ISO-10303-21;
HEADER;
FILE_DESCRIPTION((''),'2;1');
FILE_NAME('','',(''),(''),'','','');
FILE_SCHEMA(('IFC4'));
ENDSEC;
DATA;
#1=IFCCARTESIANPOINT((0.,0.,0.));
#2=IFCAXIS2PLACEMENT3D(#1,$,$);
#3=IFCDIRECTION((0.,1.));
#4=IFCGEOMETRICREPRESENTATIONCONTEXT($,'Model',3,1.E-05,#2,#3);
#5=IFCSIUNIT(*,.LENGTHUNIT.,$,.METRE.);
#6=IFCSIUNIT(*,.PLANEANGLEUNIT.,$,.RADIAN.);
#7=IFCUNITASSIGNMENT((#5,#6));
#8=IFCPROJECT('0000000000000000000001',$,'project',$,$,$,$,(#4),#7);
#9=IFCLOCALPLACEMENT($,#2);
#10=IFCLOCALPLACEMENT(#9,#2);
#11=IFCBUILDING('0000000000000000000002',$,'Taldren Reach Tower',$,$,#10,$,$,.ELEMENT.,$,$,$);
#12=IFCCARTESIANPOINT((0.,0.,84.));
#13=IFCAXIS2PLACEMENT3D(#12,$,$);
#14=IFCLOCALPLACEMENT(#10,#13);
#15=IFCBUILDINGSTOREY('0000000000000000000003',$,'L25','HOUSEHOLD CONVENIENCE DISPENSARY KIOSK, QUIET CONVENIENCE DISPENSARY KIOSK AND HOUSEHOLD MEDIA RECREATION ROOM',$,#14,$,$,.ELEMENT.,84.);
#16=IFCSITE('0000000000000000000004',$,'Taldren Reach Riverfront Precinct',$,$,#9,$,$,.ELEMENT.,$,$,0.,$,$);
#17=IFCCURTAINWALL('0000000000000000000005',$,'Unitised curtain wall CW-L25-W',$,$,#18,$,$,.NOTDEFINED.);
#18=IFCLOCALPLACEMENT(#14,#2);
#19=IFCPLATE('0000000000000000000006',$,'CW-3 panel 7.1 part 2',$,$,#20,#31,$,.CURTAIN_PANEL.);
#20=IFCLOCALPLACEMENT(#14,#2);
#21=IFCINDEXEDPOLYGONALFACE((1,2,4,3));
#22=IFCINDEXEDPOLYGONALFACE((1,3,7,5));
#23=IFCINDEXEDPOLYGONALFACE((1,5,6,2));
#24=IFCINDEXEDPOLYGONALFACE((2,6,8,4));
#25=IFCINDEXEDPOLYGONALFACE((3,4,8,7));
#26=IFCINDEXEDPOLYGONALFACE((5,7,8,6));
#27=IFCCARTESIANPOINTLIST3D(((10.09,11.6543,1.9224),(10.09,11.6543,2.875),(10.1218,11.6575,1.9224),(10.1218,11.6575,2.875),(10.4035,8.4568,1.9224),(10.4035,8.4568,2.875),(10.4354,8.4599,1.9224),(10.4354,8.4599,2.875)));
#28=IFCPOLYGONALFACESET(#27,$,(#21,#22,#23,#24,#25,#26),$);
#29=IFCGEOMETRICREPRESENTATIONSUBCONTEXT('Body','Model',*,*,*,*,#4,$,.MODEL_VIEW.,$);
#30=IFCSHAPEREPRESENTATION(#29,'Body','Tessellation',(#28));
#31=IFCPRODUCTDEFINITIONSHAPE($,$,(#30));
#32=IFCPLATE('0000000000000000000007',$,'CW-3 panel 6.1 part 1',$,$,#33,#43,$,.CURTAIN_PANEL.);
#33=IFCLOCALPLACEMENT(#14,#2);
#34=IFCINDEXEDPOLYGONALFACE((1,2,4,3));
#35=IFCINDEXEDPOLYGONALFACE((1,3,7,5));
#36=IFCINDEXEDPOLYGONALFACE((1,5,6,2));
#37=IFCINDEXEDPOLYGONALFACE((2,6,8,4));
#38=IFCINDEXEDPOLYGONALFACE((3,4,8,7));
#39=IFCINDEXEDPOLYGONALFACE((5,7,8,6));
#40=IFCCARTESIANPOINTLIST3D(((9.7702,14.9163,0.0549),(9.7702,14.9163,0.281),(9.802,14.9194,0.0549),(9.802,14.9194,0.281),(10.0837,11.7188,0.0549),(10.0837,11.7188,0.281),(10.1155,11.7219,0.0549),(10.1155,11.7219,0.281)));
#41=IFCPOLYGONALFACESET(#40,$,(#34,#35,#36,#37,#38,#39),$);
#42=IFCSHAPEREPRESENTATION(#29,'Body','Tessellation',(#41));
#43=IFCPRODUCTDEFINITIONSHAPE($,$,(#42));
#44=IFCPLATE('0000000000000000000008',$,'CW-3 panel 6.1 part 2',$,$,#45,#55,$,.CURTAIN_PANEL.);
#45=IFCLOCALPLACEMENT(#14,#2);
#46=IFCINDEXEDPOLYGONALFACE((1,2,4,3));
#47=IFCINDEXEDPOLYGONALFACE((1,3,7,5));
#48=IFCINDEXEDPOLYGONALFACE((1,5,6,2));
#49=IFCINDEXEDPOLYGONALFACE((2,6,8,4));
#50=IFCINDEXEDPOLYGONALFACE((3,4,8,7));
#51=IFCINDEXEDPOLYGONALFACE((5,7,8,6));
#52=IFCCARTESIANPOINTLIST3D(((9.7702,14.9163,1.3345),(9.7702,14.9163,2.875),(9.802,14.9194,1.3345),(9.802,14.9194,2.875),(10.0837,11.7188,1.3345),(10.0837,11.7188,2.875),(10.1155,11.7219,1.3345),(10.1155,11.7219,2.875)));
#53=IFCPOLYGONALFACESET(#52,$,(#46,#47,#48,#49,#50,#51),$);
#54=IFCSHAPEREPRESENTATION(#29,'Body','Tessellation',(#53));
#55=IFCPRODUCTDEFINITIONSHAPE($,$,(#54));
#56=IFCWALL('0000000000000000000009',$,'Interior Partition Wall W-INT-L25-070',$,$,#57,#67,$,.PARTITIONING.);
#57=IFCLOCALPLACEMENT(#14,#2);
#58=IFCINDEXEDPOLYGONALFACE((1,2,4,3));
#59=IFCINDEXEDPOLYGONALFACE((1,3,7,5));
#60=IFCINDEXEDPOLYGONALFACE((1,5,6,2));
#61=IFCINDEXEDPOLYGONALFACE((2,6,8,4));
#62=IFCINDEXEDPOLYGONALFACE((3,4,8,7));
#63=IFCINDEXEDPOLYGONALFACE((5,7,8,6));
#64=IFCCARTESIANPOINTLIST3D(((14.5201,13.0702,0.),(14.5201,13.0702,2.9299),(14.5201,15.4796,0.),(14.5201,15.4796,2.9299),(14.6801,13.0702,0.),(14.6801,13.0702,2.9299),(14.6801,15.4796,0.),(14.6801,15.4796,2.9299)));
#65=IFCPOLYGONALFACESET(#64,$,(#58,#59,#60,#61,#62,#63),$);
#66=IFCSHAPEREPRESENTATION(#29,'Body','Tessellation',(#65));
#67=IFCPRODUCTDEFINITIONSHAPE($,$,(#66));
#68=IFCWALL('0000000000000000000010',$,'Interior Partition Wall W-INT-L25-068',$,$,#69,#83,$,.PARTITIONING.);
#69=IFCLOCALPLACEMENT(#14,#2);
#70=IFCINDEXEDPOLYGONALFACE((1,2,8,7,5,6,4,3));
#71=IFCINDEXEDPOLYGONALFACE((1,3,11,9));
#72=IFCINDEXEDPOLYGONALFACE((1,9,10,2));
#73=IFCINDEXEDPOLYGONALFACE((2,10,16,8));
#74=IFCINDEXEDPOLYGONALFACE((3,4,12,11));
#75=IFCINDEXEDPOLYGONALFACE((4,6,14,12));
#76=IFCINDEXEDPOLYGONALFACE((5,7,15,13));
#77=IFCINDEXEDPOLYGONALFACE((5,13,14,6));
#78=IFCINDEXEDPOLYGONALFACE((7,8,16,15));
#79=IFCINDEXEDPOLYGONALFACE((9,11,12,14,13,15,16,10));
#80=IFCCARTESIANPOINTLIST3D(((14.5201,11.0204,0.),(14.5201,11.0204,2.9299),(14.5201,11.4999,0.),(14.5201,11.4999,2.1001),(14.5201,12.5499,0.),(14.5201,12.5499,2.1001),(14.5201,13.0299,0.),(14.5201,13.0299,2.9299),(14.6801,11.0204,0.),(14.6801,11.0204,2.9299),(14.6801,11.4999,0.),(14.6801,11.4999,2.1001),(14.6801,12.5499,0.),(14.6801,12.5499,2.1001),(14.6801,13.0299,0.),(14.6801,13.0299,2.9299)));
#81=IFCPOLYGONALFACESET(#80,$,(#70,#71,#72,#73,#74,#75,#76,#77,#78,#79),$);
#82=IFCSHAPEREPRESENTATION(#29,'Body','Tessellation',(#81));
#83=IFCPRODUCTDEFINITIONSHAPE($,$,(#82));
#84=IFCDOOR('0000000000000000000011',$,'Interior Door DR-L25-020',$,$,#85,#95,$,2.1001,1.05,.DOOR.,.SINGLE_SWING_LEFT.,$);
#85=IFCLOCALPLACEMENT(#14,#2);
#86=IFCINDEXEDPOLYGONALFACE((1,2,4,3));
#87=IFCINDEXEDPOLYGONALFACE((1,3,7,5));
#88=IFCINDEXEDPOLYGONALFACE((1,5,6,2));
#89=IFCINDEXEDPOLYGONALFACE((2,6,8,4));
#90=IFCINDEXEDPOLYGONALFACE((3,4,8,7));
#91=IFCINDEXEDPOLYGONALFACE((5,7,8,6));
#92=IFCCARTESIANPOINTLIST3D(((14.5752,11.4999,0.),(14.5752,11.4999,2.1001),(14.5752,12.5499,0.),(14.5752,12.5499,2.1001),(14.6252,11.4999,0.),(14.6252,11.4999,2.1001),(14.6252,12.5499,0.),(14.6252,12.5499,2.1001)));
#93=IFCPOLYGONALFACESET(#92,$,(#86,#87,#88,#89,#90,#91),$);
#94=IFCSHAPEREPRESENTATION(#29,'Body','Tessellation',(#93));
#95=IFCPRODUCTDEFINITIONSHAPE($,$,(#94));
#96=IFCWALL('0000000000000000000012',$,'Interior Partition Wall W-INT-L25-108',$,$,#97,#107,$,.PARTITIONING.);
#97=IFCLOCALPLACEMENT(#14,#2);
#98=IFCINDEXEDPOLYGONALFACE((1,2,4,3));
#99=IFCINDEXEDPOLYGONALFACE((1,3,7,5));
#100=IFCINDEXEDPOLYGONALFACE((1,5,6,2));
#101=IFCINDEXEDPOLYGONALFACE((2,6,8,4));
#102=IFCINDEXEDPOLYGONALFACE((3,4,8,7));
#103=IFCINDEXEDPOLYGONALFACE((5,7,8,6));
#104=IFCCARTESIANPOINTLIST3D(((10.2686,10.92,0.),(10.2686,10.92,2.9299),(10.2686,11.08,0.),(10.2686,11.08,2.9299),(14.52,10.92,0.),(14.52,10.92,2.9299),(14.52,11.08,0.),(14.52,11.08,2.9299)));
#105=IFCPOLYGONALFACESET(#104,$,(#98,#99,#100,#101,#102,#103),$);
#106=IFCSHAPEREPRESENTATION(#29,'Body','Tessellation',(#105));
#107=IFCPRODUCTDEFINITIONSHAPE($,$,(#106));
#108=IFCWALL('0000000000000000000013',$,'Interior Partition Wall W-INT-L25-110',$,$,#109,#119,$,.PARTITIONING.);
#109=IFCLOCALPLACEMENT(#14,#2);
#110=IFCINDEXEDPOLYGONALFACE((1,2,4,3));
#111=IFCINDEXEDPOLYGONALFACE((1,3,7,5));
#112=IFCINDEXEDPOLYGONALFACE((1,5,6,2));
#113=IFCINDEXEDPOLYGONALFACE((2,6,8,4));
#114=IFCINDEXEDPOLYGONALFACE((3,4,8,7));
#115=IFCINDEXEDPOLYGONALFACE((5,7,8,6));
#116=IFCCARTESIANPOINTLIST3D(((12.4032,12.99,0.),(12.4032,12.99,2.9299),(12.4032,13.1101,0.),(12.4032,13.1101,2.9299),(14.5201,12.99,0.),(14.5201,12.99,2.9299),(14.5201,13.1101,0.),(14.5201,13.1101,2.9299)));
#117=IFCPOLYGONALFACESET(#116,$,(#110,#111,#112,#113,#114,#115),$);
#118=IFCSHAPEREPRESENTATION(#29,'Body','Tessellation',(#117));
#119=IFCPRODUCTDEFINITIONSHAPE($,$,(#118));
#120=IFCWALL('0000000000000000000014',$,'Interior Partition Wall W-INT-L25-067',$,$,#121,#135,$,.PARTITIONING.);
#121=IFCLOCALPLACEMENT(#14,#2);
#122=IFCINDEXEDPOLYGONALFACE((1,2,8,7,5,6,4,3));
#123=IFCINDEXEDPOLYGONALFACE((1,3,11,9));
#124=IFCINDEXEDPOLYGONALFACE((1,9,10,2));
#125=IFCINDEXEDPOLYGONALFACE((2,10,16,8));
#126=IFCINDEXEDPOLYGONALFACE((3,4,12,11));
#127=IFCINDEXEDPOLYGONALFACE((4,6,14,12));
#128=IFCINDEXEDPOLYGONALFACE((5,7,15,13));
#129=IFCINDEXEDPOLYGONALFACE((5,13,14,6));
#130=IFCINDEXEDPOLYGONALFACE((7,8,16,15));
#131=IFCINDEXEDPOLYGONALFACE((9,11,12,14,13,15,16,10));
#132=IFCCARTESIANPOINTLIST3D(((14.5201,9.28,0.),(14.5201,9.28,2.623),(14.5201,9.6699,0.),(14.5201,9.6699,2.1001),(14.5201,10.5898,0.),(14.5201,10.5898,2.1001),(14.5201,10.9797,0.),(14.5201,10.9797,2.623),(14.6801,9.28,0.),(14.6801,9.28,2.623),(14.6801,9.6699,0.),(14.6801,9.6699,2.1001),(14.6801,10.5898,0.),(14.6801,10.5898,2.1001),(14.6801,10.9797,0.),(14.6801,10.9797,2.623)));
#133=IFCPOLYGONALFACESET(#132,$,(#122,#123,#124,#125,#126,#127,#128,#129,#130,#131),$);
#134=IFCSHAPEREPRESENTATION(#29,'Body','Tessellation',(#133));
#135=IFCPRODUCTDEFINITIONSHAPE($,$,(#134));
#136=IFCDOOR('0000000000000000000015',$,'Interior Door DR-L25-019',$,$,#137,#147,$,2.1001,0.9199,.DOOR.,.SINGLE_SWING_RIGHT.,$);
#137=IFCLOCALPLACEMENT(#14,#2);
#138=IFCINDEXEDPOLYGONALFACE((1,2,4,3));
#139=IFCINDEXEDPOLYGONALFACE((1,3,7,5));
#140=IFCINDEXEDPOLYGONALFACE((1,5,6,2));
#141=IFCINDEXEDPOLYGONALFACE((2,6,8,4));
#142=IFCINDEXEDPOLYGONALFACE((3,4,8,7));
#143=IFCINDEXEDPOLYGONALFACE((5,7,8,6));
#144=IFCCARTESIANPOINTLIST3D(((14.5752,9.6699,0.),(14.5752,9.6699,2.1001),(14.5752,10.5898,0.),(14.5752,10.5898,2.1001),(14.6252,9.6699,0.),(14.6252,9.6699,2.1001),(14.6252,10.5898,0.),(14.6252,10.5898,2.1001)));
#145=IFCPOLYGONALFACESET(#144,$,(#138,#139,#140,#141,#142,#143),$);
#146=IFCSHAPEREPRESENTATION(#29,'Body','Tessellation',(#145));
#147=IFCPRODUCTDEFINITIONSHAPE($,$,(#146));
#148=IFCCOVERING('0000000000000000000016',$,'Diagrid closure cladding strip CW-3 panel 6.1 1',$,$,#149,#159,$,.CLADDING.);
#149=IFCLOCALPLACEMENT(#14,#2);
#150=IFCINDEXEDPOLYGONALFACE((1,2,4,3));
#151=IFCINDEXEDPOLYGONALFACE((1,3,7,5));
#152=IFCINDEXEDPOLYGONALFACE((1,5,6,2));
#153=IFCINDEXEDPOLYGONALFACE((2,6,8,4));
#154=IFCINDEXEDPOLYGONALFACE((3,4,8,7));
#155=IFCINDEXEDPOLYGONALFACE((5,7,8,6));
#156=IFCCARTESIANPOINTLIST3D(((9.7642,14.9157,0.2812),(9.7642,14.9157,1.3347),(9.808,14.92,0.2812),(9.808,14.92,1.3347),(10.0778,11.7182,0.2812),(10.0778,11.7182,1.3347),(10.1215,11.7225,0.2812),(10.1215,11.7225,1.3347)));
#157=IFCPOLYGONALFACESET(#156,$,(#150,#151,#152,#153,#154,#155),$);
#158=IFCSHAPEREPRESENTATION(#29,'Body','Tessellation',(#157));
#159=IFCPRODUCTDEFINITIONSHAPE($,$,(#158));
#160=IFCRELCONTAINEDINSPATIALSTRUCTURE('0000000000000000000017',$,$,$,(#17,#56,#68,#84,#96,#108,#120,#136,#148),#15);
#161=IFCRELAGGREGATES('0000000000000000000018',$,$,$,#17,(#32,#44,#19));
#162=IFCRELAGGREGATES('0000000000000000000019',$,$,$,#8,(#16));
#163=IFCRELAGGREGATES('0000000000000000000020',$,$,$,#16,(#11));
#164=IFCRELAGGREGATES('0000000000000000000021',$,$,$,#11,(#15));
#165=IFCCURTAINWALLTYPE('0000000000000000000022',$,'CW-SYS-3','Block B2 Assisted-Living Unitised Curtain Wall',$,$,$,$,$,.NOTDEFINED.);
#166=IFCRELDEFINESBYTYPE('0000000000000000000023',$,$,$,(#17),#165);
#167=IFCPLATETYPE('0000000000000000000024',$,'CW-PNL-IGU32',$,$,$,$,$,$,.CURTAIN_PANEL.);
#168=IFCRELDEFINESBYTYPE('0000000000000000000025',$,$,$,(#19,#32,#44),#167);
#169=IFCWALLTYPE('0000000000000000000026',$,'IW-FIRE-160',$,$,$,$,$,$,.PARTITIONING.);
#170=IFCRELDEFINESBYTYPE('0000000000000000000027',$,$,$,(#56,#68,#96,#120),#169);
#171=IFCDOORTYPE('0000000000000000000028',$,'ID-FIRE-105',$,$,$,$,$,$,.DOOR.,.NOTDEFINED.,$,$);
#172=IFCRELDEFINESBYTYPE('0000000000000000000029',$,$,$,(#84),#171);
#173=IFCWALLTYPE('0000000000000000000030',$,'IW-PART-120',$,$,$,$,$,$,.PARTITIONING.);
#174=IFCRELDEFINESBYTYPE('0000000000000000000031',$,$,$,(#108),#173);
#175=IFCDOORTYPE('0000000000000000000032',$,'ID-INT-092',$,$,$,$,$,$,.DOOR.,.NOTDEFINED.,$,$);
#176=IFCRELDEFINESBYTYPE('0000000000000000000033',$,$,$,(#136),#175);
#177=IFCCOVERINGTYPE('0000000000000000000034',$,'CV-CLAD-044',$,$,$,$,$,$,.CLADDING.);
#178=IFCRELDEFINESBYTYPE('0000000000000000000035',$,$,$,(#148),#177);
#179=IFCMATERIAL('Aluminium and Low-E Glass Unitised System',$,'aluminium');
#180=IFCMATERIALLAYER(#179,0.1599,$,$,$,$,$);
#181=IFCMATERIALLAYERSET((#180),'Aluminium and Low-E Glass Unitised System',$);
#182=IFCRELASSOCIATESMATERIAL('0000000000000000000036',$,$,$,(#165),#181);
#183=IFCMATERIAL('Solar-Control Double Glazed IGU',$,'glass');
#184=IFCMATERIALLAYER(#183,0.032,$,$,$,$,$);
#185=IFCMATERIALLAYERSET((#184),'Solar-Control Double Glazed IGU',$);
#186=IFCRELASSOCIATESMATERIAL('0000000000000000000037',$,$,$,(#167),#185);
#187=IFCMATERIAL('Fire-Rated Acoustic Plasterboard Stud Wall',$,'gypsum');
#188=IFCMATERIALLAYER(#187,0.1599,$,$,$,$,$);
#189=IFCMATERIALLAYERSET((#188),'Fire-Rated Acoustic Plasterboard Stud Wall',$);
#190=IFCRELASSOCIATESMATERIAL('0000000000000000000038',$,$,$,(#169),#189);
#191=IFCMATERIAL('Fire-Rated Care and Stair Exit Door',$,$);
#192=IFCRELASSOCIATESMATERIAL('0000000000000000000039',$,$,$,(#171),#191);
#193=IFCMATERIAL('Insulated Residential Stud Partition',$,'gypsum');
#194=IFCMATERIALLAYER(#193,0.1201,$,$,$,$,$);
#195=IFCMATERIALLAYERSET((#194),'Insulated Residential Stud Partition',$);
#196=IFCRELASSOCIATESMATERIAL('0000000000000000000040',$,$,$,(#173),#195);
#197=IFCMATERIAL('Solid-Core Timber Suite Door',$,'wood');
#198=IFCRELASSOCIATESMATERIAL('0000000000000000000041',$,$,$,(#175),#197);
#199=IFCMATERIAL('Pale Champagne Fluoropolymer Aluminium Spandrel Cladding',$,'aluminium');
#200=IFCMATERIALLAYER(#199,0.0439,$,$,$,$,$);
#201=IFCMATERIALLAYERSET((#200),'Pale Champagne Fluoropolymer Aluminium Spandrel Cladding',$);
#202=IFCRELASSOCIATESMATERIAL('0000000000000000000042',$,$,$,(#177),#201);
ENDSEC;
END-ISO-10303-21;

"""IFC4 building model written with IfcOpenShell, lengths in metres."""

from ifc_helpers import new_model, si_unit, direction, frame, frame_2d, origin, origin_2d, place, context, subcontext, project, spatial, rectangle, extrude, source, transform, mapped, material, layer, layer_set, type_object, element, fill, aggregate, save


model = new_model("IFC4")

# Units and contexts
model_context = context("Model", 3, precision=1e-05, world=origin(), true_north=direction((0.0, 1.0)))
body_context = subcontext(model_context, "Body", "Model", "MODEL_VIEW")
ifc_project = project(units=[si_unit("LENGTHUNIT", "METRE"), si_unit("PLANEANGLEUNIT", "RADIAN")], contexts=[model_context])

# Site, building, storey
site_placement = place(None, origin())
site = spatial("IfcSite", under=ifc_project, at=site_placement, Name="Taldren Reach Riverfront Precinct", CompositionType="ELEMENT", RefElevation=0.0)
building_placement = place(site_placement, origin())
building = spatial("IfcBuilding", under=site, at=building_placement, Name="Taldren Reach Tower", CompositionType="ELEMENT")
storey_placement = place(building_placement, frame((0.0, 0.0, 84.0)))
storey = spatial("IfcBuildingStorey", under=building, at=storey_placement, Name="L25", Description="HOUSEHOLD CONVENIENCE DISPENSARY KIOSK, QUIET CONVENIENCE DISPENSARY KIOSK AND HOUSEHOLD MEDIA RECREATION ROOM", CompositionType="ELEMENT", Elevation=84.0)

# Curtain wall, plates
ifc_material_1 = material(Name="Aluminium and Low-E Glass Unitised System", Category="aluminium")
ifc_layer_1 = layer(ifc_material_1, 0.1599)
ifc_layer_set_1 = layer_set([ifc_layer_1], Name="Aluminium and Low-E Glass Unitised System")
curtain_wall_type = type_object("IfcCurtainWallType", Name="CW-SYS-3", Description="Block B2 Assisted-Living Unitised Curtain Wall", PredefinedType="NOTDEFINED", material=ifc_layer_set_1)
curtain_wall_placement = place(storey_placement, origin())
curtain_wall = element("IfcCurtainWall", 1, at=curtain_wall_placement, inside=storey, type_object=curtain_wall_type, Name="Unitised curtain wall CW-L25-W", PredefinedType="NOTDEFINED")
ifc_material_2 = material(Name="Solar-Control Double Glazed IGU", Category="glass")
ifc_layer_2 = layer(ifc_material_2, 0.032)
ifc_layer_set_2 = layer_set([ifc_layer_2], Name="Solar-Control Double Glazed IGU")
plate_type = type_object("IfcPlateType", Name="CW-PNL-IGU32", PredefinedType="CURTAIN_PANEL", material=ifc_layer_set_2)
shared_shape_1 = source(origin(), body_context, "Body", "SweptSolid", [
    extrude(rectangle(XDim=3.2129, YDim=0.032, at=origin_2d()), origin(), (0.0, 0.0, 1.0), 0.9526),
])
plate_1_placement = place(storey_placement, frame((10.2627, 10.0571, 1.9224), z_axis=(0.0, 0.0, 1.0), x_axis=(0.097583, -0.995227, 0.0)))
plate_1 = element("IfcPlate", 2, at=plate_1_placement, type_object=plate_type, Name="CW-3 panel 7.1 part 2", PredefinedType="CURTAIN_PANEL", context=body_context, shape_type="MappedRepresentation", body=[
    mapped(shared_shape_1, transform((0.0, 0.0, 0.0), scale=1.0)),
])
shared_shape_2 = source(origin(), body_context, "Body", "SweptSolid", [
    extrude(rectangle(XDim=3.2129, YDim=0.032, at=origin_2d()), origin(), (0.0, 0.0, 1.0), 0.2261),
])
plate_2_placement = place(storey_placement, frame((9.9429, 13.3191, 0.0549), z_axis=(0.0, 0.0, 1.0), x_axis=(0.097583, -0.995227, 0.0)))
plate_2 = element("IfcPlate", 3, at=plate_2_placement, type_object=plate_type, Name="CW-3 panel 6.1 part 1", PredefinedType="CURTAIN_PANEL", context=body_context, shape_type="MappedRepresentation", body=[
    mapped(shared_shape_2, transform((0.0, 0.0, 0.0), scale=1.0)),
])
shared_shape_3 = source(origin(), body_context, "Body", "SweptSolid", [
    extrude(rectangle(XDim=3.2129, YDim=0.032, at=origin_2d()), origin(), (0.0, 0.0, 1.0), 1.5405),
])
plate_3_placement = place(storey_placement, frame((9.9429, 13.3191, 1.3345), z_axis=(0.0, 0.0, 1.0), x_axis=(0.097583, -0.995227, 0.0)))
plate_3 = element("IfcPlate", 4, at=plate_3_placement, type_object=plate_type, Name="CW-3 panel 6.1 part 2", PredefinedType="CURTAIN_PANEL", context=body_context, shape_type="MappedRepresentation", body=[
    mapped(shared_shape_3, transform((0.0, 0.0, 0.0), scale=1.0)),
])
aggregate(curtain_wall, [plate_2, plate_3, plate_1])

# Wall
ifc_material_3 = material(Name="Fire-Rated Acoustic Plasterboard Stud Wall", Category="gypsum")
ifc_layer_3 = layer(ifc_material_3, 0.1599)
ifc_layer_set_3 = layer_set([ifc_layer_3], Name="Fire-Rated Acoustic Plasterboard Stud Wall")
wall_type_1 = type_object("IfcWallType", Name="IW-FIRE-160", PredefinedType="PARTITIONING", material=ifc_layer_set_3)
shared_shape_4 = source(origin(), body_context, "Body", "SweptSolid", [
    extrude(rectangle(XDim=2.4094, YDim=0.1599, at=frame_2d((1.2046, 0.0))), origin(), (0.0, 0.0, 1.0), 2.9299),
])
wall_1_placement = place(storey_placement, frame((14.6001, 13.0703, 0.0), z_axis=(0.0, 0.0, 1.0), x_axis=(0.0, 1.0, 0.0)))
element("IfcWall", 5, at=wall_1_placement, inside=storey, type_object=wall_type_1, Name="Interior Partition Wall W-INT-L25-070", PredefinedType="PARTITIONING", context=body_context, shape_type="MappedRepresentation", body=[
    mapped(shared_shape_4, transform((0.0, 0.0, 0.0), scale=1.0)),
])

# Wall, opening, door
shared_shape_5 = source(origin(), body_context, "Body", "SweptSolid", [
    extrude(rectangle(XDim=2.0095, YDim=0.1599, at=frame_2d((1.0049, 0.0))), origin(), (0.0, 0.0, 1.0), 2.9299),
])
wall_2_placement = place(storey_placement, frame((14.6001, 11.0203, 0.0), z_axis=(0.0, 0.0, 1.0), x_axis=(0.0, 1.0, 0.0)))
wall_2 = element("IfcWall", 6, at=wall_2_placement, inside=storey, type_object=wall_type_1, Name="Interior Partition Wall W-INT-L25-068", PredefinedType="PARTITIONING", context=body_context, shape_type="MappedRepresentation", body=[
    mapped(shared_shape_5, transform((0.0, 0.0, 0.0), scale=1.0)),
])
shared_shape_6 = source(origin(), body_context, "Body", "SweptSolid", [
    extrude(rectangle(XDim=1.05, YDim=2.1001, at=frame_2d((0.5249, 1.05))), frame((0.0, 0.0898, 0.0), z_axis=(0.0, -1.0, 0.0), x_axis=(1.0, 0.0, 0.0)), (0.0, 0.0, 1.0), 0.1799),
])
opening_1_placement = place(wall_2_placement, frame((0.4797, 0.0, 0.0)))
opening_1 = element("IfcOpeningElement", 7, at=opening_1_placement, cuts=wall_2, PredefinedType="OPENING", context=body_context, shape_type="MappedRepresentation", body=[
    mapped(shared_shape_6, transform((0.0, 0.0, 0.0), scale=1.0)),
])
ifc_material_4 = material(Name="Fire-Rated Care and Stair Exit Door")
door_type_1 = type_object("IfcDoorType", Name="ID-FIRE-105", OperationType="NOTDEFINED", PredefinedType="DOOR", material=ifc_material_4)
shared_shape_7 = source(origin(), body_context, "Body", "SweptSolid", [
    extrude(rectangle(XDim=1.05, YDim=2.1001, at=frame_2d((0.5249, 1.05))), frame((0.0, 0.0249, 0.0), z_axis=(0.0, -1.0, 0.0), x_axis=(1.0, 0.0, 0.0)), (0.0, 0.0, 1.0), 0.05),
])
door_1_placement = place(opening_1_placement, origin())
door_1 = element("IfcDoor", 8, at=door_1_placement, inside=storey, type_object=door_type_1, Name="Interior Door DR-L25-020", OperationType="SINGLE_SWING_LEFT", OverallHeight=2.1001, OverallWidth=1.05, PredefinedType="DOOR", context=body_context, shape_type="MappedRepresentation", body=[
    mapped(shared_shape_7, transform((0.0, 0.0, 0.0), scale=1.0)),
])
fill(opening_1, door_1)

# Walls
shared_shape_8 = source(origin(), body_context, "Body", "SweptSolid", [
    extrude(rectangle(XDim=4.2515, YDim=0.1599, at=frame_2d((2.1257, 0.0))), origin(), (0.0, 0.0, 1.0), 2.9299),
])
wall_3_placement = place(storey_placement, frame((10.2686, 11.0, 0.0), z_axis=(0.0, 0.0, 1.0), x_axis=(1.0, 0.0, 0.0)))
element("IfcWall", 9, at=wall_3_placement, inside=storey, type_object=wall_type_1, Name="Interior Partition Wall W-INT-L25-108", PredefinedType="PARTITIONING", context=body_context, shape_type="MappedRepresentation", body=[
    mapped(shared_shape_8, transform((0.0, 0.0, 0.0), scale=1.0)),
])
ifc_material_5 = material(Name="Insulated Residential Stud Partition", Category="gypsum")
ifc_layer_4 = layer(ifc_material_5, 0.1201)
ifc_layer_set_4 = layer_set([ifc_layer_4], Name="Insulated Residential Stud Partition")
wall_type_2 = type_object("IfcWallType", Name="IW-PART-120", PredefinedType="PARTITIONING", material=ifc_layer_set_4)
shared_shape_9 = source(origin(), body_context, "Body", "SweptSolid", [
    extrude(rectangle(XDim=2.1169, YDim=0.1201, at=frame_2d((1.0586, 0.0))), origin(), (0.0, 0.0, 1.0), 2.9299),
])
wall_4_placement = place(storey_placement, frame((12.4031, 13.05, 0.0), z_axis=(0.0, 0.0, 1.0), x_axis=(1.0, 0.0, 0.0)))
element("IfcWall", 10, at=wall_4_placement, inside=storey, type_object=wall_type_2, Name="Interior Partition Wall W-INT-L25-110", PredefinedType="PARTITIONING", context=body_context, shape_type="MappedRepresentation", body=[
    mapped(shared_shape_9, transform((0.0, 0.0, 0.0), scale=1.0)),
])

# Wall, opening, door
shared_shape_10 = source(origin(), body_context, "Body", "SweptSolid", [
    extrude(rectangle(XDim=1.6997, YDim=0.1599, at=frame_2d((0.8499, 0.0))), origin(), (0.0, 0.0, 1.0), 2.623),
])
wall_5_placement = place(storey_placement, frame((14.6001, 9.28, 0.0), z_axis=(0.0, 0.0, 1.0), x_axis=(0.0, 1.0, 0.0)))
wall_5 = element("IfcWall", 11, at=wall_5_placement, inside=storey, type_object=wall_type_1, Name="Interior Partition Wall W-INT-L25-067", PredefinedType="PARTITIONING", context=body_context, shape_type="MappedRepresentation", body=[
    mapped(shared_shape_10, transform((0.0, 0.0, 0.0), scale=1.0)),
])
shared_shape_11 = source(origin(), body_context, "Body", "SweptSolid", [
    extrude(rectangle(XDim=0.9199, YDim=2.1001, at=frame_2d((0.46, 1.05))), frame((0.0, 0.0898, 0.0), z_axis=(0.0, -1.0, 0.0), x_axis=(1.0, 0.0, 0.0)), (0.0, 0.0, 1.0), 0.1799),
])
opening_2_placement = place(wall_5_placement, frame((0.3899, 0.0, 0.0)))
opening_2 = element("IfcOpeningElement", 12, at=opening_2_placement, cuts=wall_5, PredefinedType="OPENING", context=body_context, shape_type="MappedRepresentation", body=[
    mapped(shared_shape_11, transform((0.0, 0.0, 0.0), scale=1.0)),
])
ifc_material_6 = material(Name="Solid-Core Timber Suite Door", Category="wood")
door_type_2 = type_object("IfcDoorType", Name="ID-INT-092", OperationType="NOTDEFINED", PredefinedType="DOOR", material=ifc_material_6)
shared_shape_12 = source(origin(), body_context, "Body", "SweptSolid", [
    extrude(rectangle(XDim=0.9199, YDim=2.1001, at=frame_2d((0.46, 1.05))), frame((0.0, 0.0249, 0.0), z_axis=(0.0, -1.0, 0.0), x_axis=(1.0, 0.0, 0.0)), (0.0, 0.0, 1.0), 0.05),
])
door_2_placement = place(opening_2_placement, origin())
door_2 = element("IfcDoor", 13, at=door_2_placement, inside=storey, type_object=door_type_2, Name="Interior Door DR-L25-019", OperationType="SINGLE_SWING_RIGHT", OverallHeight=2.1001, OverallWidth=0.9199, PredefinedType="DOOR", context=body_context, shape_type="MappedRepresentation", body=[
    mapped(shared_shape_12, transform((0.0, 0.0, 0.0), scale=1.0)),
])
fill(opening_2, door_2)

# Covering
ifc_material_7 = material(Name="Pale Champagne Fluoropolymer Aluminium Spandrel Cladding", Category="aluminium")
ifc_layer_5 = layer(ifc_material_7, 0.0439)
ifc_layer_set_5 = layer_set([ifc_layer_5], Name="Pale Champagne Fluoropolymer Aluminium Spandrel Cladding")
covering_type = type_object("IfcCoveringType", Name="CV-CLAD-044", PredefinedType="CLADDING", material=ifc_layer_set_5)
shared_shape_13 = source(origin(), body_context, "Body", "SweptSolid", [
    extrude(rectangle(XDim=3.2129, YDim=0.0439, at=origin_2d()), origin(), (0.0, 0.0, 1.0), 1.0535),
])
for number, where, z_axis, x_axis, name in (
    (14, (9.9429, 13.3191, 0.2812), (0.0, 0.0, 1.0), (0.097583, -0.995227, 0.0), "Diagrid closure cladding strip CW-3 panel 6.1 1"),
):
    element("IfcCovering", number, at=place(storey_placement, frame(where, z_axis=z_axis, x_axis=x_axis)), inside=storey, type_object=covering_type, Name=name, PredefinedType="CLADDING", context=body_context, shape_type="MappedRepresentation", body=[
        mapped(shared_shape_13, transform((0.0, 0.0, 0.0), scale=1.0)),
    ])

save(model, "model.ifc")
